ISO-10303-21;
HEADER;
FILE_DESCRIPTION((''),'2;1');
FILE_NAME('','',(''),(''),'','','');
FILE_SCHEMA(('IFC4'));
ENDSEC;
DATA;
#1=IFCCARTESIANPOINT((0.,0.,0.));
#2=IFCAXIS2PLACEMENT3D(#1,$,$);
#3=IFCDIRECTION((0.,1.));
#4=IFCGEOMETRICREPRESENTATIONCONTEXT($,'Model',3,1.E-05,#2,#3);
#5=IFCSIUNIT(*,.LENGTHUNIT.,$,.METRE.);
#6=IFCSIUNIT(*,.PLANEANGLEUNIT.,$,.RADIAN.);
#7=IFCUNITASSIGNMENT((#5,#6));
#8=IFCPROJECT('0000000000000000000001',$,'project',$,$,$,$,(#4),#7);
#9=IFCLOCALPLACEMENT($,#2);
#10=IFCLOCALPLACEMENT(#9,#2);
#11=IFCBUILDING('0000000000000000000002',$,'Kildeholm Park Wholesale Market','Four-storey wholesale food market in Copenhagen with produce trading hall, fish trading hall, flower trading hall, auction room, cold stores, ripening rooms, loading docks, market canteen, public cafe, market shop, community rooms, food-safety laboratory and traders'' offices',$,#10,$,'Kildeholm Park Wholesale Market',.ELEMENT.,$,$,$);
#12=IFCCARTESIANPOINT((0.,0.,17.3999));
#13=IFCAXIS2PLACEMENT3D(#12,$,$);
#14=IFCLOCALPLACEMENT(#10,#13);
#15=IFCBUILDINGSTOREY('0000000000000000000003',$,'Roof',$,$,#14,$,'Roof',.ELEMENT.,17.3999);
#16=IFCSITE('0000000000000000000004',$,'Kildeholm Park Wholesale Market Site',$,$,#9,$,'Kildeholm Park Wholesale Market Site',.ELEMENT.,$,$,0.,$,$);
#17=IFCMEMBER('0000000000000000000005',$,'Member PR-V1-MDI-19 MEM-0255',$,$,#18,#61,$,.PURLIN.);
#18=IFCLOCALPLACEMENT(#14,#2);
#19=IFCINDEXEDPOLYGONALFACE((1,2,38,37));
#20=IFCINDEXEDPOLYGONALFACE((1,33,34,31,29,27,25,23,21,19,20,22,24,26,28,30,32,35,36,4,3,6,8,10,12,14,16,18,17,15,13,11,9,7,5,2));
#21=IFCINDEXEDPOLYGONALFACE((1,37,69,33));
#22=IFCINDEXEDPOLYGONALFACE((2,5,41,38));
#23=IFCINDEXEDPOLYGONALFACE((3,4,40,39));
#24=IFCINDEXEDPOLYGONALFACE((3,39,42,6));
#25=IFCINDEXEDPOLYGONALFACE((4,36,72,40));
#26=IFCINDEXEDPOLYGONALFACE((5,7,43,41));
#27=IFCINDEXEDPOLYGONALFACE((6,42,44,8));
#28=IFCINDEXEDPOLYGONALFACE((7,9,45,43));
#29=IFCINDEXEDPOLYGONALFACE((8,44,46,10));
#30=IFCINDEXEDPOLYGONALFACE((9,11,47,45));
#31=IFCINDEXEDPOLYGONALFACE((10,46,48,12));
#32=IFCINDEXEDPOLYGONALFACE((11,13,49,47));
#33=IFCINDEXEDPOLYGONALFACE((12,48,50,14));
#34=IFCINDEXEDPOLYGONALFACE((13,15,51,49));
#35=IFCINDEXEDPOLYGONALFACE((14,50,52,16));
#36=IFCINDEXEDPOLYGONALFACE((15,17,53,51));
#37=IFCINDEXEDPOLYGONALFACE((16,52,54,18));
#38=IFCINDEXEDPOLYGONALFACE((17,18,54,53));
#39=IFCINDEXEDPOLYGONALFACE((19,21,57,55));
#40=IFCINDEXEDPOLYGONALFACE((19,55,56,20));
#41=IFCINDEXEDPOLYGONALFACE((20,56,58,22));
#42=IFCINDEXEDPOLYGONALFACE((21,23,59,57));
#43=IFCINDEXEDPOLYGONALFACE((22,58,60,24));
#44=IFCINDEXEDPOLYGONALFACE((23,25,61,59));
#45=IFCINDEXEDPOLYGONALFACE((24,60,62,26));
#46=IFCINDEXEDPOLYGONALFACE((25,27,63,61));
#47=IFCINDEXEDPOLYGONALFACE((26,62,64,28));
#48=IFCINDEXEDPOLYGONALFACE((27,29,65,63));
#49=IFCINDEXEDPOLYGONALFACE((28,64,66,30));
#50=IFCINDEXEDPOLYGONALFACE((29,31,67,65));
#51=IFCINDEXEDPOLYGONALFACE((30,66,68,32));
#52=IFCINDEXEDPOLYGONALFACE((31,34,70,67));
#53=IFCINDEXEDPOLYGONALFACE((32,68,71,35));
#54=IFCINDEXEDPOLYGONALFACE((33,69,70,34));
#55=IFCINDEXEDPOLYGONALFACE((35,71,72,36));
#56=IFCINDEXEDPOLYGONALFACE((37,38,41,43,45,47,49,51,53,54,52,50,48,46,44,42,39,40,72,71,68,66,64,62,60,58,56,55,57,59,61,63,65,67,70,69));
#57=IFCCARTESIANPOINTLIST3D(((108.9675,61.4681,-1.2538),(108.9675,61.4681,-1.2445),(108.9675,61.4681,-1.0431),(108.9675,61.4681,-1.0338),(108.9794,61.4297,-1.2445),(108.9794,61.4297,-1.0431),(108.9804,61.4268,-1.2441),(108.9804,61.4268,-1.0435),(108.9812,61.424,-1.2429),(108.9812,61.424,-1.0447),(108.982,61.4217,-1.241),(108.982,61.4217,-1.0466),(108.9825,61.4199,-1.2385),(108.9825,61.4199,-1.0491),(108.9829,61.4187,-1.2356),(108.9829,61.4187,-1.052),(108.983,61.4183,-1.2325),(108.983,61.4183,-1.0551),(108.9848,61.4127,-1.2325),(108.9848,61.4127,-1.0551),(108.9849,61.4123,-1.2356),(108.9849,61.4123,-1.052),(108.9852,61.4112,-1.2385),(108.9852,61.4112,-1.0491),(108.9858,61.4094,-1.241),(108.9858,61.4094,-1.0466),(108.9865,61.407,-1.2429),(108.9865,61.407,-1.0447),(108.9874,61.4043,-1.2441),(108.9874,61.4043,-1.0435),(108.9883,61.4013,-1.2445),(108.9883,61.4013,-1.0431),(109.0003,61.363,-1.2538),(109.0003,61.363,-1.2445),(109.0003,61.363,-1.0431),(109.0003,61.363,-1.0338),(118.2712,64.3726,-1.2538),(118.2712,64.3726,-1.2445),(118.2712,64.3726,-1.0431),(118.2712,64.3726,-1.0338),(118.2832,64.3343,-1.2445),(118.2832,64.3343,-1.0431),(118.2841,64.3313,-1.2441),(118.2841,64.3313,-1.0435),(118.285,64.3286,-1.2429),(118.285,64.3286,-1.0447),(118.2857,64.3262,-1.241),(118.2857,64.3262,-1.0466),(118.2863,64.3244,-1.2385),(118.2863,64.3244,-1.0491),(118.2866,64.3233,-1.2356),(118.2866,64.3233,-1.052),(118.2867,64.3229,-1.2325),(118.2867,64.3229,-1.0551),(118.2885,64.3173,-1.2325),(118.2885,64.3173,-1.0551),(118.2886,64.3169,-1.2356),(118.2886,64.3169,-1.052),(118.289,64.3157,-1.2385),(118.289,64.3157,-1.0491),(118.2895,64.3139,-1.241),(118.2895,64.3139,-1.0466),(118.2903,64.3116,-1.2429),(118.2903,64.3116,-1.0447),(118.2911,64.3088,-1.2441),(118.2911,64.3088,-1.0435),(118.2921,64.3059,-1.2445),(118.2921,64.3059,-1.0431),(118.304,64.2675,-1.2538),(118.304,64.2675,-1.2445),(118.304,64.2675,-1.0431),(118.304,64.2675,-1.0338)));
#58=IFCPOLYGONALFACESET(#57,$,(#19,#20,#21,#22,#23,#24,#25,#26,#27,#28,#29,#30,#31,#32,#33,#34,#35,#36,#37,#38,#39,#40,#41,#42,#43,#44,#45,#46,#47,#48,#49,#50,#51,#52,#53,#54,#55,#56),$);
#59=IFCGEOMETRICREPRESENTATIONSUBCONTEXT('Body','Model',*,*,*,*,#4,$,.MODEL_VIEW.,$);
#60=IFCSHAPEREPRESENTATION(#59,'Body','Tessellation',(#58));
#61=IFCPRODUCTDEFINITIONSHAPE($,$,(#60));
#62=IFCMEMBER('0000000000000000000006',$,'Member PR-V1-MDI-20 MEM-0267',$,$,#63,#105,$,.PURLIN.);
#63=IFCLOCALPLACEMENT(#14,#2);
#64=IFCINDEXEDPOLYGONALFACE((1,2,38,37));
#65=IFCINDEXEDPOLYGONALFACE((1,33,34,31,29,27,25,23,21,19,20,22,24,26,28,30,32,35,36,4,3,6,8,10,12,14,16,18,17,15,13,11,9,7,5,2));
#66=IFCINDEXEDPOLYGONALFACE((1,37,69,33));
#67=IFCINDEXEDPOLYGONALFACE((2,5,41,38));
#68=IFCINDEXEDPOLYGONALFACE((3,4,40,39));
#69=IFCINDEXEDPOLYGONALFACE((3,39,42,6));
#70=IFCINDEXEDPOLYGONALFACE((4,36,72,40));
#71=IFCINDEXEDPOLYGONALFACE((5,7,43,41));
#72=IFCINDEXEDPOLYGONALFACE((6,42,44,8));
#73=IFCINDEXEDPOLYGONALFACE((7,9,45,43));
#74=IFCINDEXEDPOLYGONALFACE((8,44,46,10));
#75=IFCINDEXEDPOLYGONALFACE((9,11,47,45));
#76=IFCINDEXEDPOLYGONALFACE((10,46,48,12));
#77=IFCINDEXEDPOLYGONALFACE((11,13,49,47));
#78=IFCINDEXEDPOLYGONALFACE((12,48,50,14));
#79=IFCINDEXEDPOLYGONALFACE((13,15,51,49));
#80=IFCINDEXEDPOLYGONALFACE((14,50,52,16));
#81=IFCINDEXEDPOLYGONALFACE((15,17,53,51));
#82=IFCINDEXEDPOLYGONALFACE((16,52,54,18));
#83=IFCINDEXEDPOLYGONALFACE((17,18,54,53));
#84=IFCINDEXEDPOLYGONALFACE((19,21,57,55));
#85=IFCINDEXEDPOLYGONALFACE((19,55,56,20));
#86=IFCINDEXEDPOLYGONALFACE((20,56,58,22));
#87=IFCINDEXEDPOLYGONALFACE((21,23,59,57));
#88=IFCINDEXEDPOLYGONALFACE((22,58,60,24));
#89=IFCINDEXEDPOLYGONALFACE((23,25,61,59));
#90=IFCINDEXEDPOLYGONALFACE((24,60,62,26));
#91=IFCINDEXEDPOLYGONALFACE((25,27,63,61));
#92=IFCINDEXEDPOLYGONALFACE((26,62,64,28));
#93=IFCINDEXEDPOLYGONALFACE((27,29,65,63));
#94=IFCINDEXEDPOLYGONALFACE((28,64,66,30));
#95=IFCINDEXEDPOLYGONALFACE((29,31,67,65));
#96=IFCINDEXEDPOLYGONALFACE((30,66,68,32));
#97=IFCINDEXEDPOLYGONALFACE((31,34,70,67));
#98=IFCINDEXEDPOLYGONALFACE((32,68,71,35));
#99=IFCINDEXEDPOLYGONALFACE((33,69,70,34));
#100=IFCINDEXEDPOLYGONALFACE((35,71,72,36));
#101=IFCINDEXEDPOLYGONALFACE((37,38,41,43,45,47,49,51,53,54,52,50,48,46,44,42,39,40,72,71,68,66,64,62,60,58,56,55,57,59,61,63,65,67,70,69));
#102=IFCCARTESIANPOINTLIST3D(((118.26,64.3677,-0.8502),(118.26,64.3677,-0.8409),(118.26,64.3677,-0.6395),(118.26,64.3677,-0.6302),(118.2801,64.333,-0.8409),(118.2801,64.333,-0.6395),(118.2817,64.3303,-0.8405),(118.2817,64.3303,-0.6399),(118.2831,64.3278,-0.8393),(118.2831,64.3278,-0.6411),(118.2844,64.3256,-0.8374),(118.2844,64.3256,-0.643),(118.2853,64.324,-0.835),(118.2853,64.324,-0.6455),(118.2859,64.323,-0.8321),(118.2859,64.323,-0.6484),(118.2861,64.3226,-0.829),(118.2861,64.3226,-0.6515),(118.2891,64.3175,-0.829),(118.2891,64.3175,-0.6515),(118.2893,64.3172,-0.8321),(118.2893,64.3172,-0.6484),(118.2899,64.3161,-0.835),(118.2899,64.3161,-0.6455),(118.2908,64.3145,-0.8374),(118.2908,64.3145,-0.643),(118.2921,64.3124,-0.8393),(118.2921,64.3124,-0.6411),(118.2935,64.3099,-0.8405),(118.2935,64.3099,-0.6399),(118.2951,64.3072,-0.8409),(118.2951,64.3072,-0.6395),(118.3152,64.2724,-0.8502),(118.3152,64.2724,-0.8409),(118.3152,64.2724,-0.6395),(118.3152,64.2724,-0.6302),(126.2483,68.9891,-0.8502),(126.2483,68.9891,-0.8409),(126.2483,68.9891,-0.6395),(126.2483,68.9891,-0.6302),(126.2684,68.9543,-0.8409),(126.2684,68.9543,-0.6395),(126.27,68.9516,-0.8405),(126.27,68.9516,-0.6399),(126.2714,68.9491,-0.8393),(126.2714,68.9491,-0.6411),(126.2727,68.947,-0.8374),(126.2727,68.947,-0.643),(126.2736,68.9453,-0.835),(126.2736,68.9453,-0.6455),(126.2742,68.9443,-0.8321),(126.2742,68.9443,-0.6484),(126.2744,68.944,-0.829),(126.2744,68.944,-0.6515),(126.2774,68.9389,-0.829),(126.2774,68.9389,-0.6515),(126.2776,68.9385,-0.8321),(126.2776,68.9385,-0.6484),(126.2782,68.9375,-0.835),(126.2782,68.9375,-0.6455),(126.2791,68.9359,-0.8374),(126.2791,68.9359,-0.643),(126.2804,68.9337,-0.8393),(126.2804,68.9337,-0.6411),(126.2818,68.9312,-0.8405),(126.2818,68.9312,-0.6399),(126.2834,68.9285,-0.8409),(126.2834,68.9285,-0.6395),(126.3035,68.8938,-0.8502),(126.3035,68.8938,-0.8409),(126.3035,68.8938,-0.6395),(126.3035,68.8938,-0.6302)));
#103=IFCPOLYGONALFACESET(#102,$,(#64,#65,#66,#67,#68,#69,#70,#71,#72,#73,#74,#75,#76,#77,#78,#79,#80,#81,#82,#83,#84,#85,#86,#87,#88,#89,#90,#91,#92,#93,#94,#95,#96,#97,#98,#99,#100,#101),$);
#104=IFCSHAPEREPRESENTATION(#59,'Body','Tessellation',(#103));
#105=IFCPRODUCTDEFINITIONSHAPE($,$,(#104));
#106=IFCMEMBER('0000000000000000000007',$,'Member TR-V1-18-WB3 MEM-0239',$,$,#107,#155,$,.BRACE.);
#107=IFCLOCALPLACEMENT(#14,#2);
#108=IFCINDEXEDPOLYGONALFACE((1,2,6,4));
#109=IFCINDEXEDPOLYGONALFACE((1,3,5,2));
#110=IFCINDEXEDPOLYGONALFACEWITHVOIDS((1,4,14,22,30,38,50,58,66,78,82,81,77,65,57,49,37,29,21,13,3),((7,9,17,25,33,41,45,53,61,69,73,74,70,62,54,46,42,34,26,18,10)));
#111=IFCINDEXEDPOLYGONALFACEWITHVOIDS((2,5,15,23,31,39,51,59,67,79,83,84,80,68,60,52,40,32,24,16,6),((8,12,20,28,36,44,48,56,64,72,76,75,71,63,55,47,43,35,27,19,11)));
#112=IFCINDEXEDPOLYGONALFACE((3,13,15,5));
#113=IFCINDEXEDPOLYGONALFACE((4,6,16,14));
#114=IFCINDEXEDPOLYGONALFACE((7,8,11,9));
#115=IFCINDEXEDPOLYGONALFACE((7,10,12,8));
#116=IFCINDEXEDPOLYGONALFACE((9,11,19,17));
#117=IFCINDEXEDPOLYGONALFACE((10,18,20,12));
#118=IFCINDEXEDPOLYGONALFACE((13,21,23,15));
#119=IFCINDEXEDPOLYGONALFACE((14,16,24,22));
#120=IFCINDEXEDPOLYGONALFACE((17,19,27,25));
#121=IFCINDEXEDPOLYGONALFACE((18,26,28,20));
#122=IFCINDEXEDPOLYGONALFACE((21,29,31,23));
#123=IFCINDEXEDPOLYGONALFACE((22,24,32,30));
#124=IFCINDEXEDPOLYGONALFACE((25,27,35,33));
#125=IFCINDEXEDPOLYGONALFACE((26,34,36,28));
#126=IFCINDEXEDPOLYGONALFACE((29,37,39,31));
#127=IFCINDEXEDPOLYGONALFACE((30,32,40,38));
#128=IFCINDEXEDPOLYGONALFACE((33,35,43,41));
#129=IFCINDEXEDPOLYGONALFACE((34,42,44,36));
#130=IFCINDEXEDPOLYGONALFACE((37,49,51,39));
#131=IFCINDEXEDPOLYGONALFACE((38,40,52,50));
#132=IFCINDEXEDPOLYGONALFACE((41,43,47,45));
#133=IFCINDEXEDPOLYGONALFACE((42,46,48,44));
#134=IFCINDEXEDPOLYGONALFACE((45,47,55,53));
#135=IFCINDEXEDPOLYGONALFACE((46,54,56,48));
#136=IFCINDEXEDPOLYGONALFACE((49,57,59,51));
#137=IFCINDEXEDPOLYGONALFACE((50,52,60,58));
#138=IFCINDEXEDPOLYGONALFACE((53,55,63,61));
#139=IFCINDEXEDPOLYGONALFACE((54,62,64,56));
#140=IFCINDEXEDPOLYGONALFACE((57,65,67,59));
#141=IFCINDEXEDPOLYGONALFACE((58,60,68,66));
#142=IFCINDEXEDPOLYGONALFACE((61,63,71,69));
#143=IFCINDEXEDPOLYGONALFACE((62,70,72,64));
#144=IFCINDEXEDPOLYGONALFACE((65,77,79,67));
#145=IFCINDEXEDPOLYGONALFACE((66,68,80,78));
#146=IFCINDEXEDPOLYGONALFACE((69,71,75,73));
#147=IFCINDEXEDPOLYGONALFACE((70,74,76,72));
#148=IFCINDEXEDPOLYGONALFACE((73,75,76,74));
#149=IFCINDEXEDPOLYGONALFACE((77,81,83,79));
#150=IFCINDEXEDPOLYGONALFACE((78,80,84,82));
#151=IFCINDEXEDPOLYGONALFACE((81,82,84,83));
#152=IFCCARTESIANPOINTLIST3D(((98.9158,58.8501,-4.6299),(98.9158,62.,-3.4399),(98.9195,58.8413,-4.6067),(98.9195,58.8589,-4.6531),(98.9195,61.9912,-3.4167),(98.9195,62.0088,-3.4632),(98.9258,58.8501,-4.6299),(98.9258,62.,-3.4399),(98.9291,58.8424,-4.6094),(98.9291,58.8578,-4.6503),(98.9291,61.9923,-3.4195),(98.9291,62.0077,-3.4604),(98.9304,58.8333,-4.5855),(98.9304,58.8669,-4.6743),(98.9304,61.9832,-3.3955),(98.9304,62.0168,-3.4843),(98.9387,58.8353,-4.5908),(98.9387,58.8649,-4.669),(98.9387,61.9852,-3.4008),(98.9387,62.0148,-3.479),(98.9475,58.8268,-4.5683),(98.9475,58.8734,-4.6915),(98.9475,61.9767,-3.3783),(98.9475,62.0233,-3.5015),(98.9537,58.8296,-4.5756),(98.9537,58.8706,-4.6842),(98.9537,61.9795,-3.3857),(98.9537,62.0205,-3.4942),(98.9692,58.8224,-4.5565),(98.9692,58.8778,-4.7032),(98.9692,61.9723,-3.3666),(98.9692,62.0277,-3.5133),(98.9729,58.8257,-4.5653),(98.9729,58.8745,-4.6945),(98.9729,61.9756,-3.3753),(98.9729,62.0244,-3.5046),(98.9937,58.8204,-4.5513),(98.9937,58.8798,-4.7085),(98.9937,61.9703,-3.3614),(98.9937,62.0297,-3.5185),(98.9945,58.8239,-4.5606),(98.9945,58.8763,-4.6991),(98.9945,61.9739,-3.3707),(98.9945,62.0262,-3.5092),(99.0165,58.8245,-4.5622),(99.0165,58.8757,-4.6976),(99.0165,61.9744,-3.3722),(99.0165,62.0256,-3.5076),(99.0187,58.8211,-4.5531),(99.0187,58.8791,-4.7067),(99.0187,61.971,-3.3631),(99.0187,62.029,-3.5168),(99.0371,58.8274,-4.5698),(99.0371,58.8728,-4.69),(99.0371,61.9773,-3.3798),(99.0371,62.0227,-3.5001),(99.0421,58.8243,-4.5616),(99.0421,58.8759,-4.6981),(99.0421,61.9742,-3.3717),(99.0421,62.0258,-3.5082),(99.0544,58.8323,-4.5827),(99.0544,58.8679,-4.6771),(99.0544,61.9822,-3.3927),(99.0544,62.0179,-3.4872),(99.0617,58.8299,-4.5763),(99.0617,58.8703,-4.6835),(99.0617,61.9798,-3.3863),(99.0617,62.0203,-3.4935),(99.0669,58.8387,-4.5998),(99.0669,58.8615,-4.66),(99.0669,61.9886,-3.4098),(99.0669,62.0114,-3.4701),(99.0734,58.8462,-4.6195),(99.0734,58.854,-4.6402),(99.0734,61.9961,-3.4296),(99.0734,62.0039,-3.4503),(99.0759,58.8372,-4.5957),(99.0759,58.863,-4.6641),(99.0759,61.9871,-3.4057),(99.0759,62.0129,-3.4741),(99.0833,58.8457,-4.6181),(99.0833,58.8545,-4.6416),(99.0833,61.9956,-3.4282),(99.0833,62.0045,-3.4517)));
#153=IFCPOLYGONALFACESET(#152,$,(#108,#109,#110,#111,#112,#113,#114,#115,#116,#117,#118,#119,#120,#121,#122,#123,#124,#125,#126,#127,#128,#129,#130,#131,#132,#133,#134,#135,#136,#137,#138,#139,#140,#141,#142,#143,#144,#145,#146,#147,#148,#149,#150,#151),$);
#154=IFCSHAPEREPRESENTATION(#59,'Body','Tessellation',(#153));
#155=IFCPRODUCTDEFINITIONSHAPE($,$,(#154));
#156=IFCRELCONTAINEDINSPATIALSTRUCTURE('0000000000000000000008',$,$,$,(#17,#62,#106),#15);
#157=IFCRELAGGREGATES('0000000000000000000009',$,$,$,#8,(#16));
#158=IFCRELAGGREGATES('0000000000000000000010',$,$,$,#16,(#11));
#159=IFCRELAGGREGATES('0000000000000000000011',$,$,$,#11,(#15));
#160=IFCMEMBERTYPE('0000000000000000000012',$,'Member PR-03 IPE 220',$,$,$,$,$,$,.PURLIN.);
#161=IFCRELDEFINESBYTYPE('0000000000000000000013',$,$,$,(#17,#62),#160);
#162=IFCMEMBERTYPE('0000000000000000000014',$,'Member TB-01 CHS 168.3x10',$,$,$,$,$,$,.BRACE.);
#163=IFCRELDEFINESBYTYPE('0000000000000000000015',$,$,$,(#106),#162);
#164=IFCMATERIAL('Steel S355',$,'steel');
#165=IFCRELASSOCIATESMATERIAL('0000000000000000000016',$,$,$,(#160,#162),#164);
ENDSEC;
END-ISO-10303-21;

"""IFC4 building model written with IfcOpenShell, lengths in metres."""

from ifc_helpers import new_model, si_unit, direction, frame, origin, origin_2d, place, context, subcontext, project, spatial, hollow_circle, i_section, extrude, material, material_profile, profile_set, type_object, element, save


model = new_model("IFC4")

# Units and contexts
model_context = context("Model", 3, precision=1e-05, world=origin(), true_north=direction((0.0, 1.0)))
body_context = subcontext(model_context, "Body", "Model", "MODEL_VIEW")
ifc_project = project(units=[si_unit("LENGTHUNIT", "METRE"), si_unit("PLANEANGLEUNIT", "RADIAN")], contexts=[model_context])

# Site, building, storey
site_placement = place(None, origin())
site = spatial("IfcSite", under=ifc_project, at=site_placement, Name="Kildeholm Park Wholesale Market Site", LongName="Kildeholm Park Wholesale Market Site", CompositionType="ELEMENT", RefElevation=0.0)
building_placement = place(site_placement, origin())
building = spatial("IfcBuilding", under=site, at=building_placement, Name="Kildeholm Park Wholesale Market", Description="Four-storey wholesale food market in Copenhagen with produce trading hall, fish trading hall, flower trading hall, auction room, cold stores, ripening rooms, loading docks, market canteen, public cafe, market shop, community rooms, food-safety laboratory and traders' offices", LongName="Kildeholm Park Wholesale Market", CompositionType="ELEMENT")
storey_placement = place(building_placement, frame((0.0, 0.0, 17.3999)))
storey = spatial("IfcBuildingStorey", under=building, at=storey_placement, Name="Roof", LongName="Roof", CompositionType="ELEMENT", Elevation=17.3999)

# Members
ifc_material_1 = material(Name="Steel S355", Category="steel")
ifc_material_profile_1 = material_profile(ifc_material_1, i_section(OverallWidth=0.1101, OverallDepth=0.22, WebThickness=0.0059, FlangeThickness=0.0093, FilletRadius=0.012, at=origin_2d()), Name="IPE 220")
ifc_profile_set_1 = profile_set([ifc_material_profile_1], Name="Steel S355")
member_type_1 = type_object("IfcMemberType", Name="Member PR-03 IPE 220", PredefinedType="PURLIN", material=ifc_profile_set_1)
member_1_placement = place(storey_placement, frame((108.9839, 61.4155, -1.1438), z_axis=(0.954564, 0.298007, 0.0), x_axis=(-0.298007, 0.954564, 0.0)))
element("IfcMember", 1, at=member_1_placement, inside=storey, type_object=member_type_1, Name="Member PR-V1-MDI-19 MEM-0255", PredefinedType="PURLIN", context=body_context, shape_type="SweptSolid", body=[
    extrude(i_section(OverallWidth=0.1101, OverallDepth=0.22, WebThickness=0.0059, FlangeThickness=0.0093, FilletRadius=0.012, at=origin_2d()), origin(), (0.0, 0.0, 1.0), 9.7466),
])
member_2_placement = place(storey_placement, frame((118.2876, 64.3201, -0.7402), z_axis=(0.865589, 0.500756, 0.0), x_axis=(-0.500756, 0.865589, 0.0)))
element("IfcMember", 2, at=member_2_placement, inside=storey, type_object=member_type_1, Name="Member PR-V1-MDI-20 MEM-0267", PredefinedType="PURLIN", context=body_context, shape_type="SweptSolid", body=[
    extrude(i_section(OverallWidth=0.1101, OverallDepth=0.22, WebThickness=0.0059, FlangeThickness=0.0093, FilletRadius=0.012, at=origin_2d()), origin(), (0.0, 0.0, 1.0), 9.2288),
])
ifc_material_profile_2 = material_profile(ifc_material_1, hollow_circle(Radius=0.0842, WallThickness=0.01, at=origin_2d()), Name="CHS 168.3x10")
ifc_profile_set_2 = profile_set([ifc_material_profile_2], Name="Steel S355")
member_type_2 = type_object("IfcMemberType", Name="Member TB-01 CHS 168.3x10", PredefinedType="BRACE", material=ifc_profile_set_2)
member_3_placement = place(storey_placement, frame((99.0, 58.8501, -4.6299), z_axis=(0.0, 0.935474, 0.353395), x_axis=(-1.0, 0.0, 0.0)))
element("IfcMember", 3, at=member_3_placement, inside=storey, type_object=member_type_2, Name="Member TR-V1-18-WB3 MEM-0239", PredefinedType="BRACE", context=body_context, shape_type="SweptSolid", body=[
    extrude(hollow_circle(Radius=0.0842, WallThickness=0.01, at=origin_2d()), origin(), (0.0, 0.0, 1.0), 3.3672),
])

save(model, "model.ifc")
